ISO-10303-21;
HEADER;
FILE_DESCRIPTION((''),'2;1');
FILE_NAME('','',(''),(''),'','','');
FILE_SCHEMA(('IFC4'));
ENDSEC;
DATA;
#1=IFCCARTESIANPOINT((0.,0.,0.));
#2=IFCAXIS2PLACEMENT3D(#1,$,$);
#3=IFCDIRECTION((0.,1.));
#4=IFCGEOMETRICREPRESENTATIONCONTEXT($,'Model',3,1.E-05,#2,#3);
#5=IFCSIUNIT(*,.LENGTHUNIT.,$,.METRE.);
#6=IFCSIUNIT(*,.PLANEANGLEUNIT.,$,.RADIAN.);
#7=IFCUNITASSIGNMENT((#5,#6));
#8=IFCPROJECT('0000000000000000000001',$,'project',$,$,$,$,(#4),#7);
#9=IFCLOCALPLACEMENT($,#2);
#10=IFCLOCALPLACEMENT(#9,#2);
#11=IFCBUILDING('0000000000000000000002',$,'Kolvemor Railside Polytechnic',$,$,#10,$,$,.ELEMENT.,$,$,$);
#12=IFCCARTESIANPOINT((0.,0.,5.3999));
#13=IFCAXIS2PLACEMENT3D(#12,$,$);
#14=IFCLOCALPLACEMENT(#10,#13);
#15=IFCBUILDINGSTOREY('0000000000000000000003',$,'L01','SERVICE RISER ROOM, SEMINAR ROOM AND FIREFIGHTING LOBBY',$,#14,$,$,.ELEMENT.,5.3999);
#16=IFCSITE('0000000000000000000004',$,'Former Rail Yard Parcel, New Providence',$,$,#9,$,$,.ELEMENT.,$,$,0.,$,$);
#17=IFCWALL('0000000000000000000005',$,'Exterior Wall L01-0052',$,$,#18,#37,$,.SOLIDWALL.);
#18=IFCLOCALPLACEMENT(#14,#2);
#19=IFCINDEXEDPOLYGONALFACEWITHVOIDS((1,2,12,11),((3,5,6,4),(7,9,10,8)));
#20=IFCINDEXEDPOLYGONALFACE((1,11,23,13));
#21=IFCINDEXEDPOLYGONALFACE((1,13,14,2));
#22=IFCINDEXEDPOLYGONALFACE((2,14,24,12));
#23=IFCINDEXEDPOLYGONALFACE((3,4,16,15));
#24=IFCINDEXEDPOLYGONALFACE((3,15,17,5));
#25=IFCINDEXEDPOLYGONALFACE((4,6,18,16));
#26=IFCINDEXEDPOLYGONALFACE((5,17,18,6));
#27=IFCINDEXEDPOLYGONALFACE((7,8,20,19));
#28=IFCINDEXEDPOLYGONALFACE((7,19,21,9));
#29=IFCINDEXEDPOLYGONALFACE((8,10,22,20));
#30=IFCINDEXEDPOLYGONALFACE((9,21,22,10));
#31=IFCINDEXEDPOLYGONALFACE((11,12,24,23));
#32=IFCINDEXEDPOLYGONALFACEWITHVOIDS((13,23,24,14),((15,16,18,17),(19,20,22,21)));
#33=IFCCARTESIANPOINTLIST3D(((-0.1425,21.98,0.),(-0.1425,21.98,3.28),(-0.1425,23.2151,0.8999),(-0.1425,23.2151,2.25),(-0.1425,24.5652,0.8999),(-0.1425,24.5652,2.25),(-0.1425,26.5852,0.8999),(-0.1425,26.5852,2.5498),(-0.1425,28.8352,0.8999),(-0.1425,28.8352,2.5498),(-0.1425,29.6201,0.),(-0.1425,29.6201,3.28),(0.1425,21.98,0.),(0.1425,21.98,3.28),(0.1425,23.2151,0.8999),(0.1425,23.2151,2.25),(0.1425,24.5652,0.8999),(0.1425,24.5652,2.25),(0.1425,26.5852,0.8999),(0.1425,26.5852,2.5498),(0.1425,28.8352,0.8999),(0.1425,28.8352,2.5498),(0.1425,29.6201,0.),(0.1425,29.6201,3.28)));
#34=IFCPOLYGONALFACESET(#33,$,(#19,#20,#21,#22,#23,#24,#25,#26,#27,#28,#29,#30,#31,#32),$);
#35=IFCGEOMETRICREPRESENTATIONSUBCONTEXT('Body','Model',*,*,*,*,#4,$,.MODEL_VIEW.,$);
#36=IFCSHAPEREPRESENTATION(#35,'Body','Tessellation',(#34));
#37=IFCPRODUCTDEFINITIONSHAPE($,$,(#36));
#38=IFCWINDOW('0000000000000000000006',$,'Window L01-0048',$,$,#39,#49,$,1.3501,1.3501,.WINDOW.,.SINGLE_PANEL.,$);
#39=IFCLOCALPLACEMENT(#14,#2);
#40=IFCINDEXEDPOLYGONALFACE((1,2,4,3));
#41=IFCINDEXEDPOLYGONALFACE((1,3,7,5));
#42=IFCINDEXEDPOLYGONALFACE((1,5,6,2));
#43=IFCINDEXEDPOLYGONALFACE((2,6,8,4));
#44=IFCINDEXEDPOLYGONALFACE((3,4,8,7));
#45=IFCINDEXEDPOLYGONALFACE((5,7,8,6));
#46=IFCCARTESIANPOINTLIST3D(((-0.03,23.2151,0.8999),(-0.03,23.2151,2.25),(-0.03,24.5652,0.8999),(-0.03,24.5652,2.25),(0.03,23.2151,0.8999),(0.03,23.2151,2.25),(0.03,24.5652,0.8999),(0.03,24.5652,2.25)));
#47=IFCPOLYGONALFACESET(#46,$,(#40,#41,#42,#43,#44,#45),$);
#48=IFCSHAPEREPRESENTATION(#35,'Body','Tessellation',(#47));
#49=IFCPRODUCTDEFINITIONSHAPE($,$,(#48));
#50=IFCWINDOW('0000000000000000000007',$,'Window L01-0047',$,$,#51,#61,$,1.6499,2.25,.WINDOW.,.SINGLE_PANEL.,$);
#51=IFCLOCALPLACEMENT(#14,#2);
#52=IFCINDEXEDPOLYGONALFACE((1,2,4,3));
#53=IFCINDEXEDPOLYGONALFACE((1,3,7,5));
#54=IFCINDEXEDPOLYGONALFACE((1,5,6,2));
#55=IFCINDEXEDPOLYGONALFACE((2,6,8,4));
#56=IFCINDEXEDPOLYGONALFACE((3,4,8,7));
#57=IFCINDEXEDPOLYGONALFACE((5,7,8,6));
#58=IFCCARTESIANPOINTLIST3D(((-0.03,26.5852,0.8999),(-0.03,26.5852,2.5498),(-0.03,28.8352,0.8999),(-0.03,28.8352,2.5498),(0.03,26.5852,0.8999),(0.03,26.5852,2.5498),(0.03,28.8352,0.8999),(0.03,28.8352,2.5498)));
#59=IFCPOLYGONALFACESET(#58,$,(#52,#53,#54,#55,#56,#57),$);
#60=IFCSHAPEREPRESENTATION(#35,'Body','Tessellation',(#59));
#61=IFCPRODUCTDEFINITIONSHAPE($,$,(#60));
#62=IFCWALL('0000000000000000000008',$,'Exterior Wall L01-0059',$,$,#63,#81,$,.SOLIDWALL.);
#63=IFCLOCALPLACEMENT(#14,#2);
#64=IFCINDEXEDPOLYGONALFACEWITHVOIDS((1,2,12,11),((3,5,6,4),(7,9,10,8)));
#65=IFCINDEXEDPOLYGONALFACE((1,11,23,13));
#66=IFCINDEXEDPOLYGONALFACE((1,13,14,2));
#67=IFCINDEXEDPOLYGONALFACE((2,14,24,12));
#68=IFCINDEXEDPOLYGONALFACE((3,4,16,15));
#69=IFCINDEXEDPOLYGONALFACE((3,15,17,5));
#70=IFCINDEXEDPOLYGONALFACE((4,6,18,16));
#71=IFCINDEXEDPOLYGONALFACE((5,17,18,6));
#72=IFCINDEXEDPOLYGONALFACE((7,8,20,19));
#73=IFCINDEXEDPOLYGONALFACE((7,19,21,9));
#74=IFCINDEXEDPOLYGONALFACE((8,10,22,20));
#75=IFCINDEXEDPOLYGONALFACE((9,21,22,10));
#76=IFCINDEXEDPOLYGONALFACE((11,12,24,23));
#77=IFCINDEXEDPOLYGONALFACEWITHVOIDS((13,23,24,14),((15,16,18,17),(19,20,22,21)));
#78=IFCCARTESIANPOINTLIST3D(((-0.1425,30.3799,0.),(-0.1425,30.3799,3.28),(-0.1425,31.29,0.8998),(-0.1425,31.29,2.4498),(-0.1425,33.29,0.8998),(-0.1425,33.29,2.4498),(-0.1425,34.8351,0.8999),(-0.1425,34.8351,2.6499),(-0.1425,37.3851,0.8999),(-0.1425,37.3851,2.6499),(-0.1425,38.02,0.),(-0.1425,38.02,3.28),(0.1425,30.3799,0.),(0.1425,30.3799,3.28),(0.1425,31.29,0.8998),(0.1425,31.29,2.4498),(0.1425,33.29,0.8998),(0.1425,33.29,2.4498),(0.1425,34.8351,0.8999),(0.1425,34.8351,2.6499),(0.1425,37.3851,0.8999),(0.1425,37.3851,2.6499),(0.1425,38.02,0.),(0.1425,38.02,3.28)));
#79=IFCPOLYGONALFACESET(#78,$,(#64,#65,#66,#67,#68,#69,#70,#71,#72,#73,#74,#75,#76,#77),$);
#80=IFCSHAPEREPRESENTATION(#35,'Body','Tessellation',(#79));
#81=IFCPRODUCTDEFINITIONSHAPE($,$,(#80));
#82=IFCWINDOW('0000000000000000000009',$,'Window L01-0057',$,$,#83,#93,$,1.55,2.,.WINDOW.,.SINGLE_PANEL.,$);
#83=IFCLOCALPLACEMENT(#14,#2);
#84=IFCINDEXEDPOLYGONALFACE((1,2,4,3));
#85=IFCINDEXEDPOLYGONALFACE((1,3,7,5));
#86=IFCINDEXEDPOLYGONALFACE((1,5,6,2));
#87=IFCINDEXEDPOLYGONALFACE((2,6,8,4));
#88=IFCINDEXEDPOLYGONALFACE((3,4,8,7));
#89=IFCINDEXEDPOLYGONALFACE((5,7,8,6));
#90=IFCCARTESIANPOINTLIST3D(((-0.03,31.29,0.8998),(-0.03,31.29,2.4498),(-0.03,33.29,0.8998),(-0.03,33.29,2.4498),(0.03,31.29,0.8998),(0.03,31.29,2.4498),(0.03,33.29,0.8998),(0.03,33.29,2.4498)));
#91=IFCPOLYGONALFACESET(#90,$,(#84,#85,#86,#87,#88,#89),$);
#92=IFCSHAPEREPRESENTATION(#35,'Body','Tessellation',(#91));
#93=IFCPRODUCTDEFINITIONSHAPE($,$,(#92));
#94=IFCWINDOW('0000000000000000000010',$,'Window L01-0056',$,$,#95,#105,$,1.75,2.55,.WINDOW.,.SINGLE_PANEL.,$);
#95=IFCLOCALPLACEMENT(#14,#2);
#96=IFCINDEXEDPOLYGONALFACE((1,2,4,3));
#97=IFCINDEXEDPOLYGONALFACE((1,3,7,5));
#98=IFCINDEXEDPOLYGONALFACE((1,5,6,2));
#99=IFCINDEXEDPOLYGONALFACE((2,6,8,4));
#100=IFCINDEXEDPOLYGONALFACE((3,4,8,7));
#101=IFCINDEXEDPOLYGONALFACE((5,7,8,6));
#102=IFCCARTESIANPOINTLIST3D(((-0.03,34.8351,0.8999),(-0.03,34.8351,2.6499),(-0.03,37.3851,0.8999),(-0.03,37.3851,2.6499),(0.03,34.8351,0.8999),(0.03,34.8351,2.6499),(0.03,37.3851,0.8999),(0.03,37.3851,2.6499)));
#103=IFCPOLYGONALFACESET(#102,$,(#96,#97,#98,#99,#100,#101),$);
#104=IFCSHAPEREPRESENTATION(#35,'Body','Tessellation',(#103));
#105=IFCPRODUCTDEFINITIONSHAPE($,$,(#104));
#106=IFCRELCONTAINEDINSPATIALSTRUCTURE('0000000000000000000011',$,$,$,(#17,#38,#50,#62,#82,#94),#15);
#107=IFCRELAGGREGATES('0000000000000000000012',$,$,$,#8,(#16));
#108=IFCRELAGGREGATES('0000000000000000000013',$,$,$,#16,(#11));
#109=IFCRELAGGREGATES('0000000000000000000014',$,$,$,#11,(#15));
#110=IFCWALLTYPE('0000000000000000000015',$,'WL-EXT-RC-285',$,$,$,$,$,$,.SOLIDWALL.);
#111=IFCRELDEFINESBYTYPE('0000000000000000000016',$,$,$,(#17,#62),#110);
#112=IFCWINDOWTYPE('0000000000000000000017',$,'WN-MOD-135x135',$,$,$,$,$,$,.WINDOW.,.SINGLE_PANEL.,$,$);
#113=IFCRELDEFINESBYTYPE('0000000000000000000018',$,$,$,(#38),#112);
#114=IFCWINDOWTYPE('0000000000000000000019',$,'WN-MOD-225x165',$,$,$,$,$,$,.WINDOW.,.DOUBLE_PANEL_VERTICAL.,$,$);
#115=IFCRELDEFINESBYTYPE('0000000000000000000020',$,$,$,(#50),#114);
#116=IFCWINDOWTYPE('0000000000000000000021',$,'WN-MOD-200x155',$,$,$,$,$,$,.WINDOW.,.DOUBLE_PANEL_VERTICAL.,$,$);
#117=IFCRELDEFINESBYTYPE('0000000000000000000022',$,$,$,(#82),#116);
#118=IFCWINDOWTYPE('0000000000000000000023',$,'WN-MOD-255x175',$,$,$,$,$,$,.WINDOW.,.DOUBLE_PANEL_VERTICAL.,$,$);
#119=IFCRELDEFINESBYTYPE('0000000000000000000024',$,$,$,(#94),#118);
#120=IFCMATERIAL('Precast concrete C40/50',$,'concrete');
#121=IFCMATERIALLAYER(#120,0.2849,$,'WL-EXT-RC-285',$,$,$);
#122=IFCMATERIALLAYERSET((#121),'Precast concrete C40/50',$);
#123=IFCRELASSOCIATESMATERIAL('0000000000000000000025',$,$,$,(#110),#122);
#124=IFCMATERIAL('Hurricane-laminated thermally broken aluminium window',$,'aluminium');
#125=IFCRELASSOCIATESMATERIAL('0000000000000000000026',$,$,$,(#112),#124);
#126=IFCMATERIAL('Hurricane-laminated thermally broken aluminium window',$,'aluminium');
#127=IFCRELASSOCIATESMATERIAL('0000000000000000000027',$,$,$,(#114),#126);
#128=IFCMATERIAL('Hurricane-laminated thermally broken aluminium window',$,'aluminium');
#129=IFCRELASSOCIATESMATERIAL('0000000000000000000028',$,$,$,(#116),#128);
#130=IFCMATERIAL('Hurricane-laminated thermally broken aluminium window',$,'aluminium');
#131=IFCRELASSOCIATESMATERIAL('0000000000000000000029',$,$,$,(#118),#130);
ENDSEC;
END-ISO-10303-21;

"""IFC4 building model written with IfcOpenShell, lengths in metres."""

from ifc_helpers import new_model, si_unit, direction, frame, frame_2d, origin, place, context, subcontext, project, spatial, rectangle, extrude, material, layer, layer_set, type_object, element, fill, save


model = new_model("IFC4")

# Units and contexts
model_context = context("Model", 3, precision=1e-05, world=origin(), true_north=direction((0.0, 1.0)))
body_context = subcontext(model_context, "Body", "Model", "MODEL_VIEW")
ifc_project = project(units=[si_unit("LENGTHUNIT", "METRE"), si_unit("PLANEANGLEUNIT", "RADIAN")], contexts=[model_context])

# Site, building, storey
site_placement = place(None, origin())
site = spatial("IfcSite", under=ifc_project, at=site_placement, Name="Former Rail Yard Parcel, New Providence", CompositionType="ELEMENT", RefElevation=0.0)
building_placement = place(site_placement, origin())
building = spatial("IfcBuilding", under=site, at=building_placement, Name="Kolvemor Railside Polytechnic", CompositionType="ELEMENT")
storey_placement = place(building_placement, frame((0.0, 0.0, 5.3999)))
storey = spatial("IfcBuildingStorey", under=building, at=storey_placement, Name="L01", Description="SERVICE RISER ROOM, SEMINAR ROOM AND FIREFIGHTING LOBBY", CompositionType="ELEMENT", Elevation=5.3999)

# Walls, openings, windows
ifc_material_1 = material(Name="Precast concrete C40/50", Category="concrete")
ifc_layer_1 = layer(ifc_material_1, 0.2849, Name="WL-EXT-RC-285")
ifc_layer_set_1 = layer_set([ifc_layer_1], Name="Precast concrete C40/50")
wall_type = type_object("IfcWallType", Name="WL-EXT-RC-285", PredefinedType="SOLIDWALL", material=ifc_layer_set_1)
wall_1_placement = place(storey_placement, frame((0.0, 29.6201, 0.0), z_axis=(0.0, 0.0, 1.0), x_axis=(0.0, -1.0, 0.0)))
wall_1 = element("IfcWall", 1, at=wall_1_placement, inside=storey, type_object=wall_type, Name="Exterior Wall L01-0052", PredefinedType="SOLIDWALL", context=body_context, shape_type="SweptSolid", body=[
    extrude(rectangle(XDim=7.6401, YDim=0.2849, at=frame_2d((3.8201, 0.0))), origin(), (0.0, 0.0, 1.0), 3.28),
])
opening_1_placement = place(wall_1_placement, frame((0.7849, 0.0, 0.8999)))
opening_1 = element("IfcOpeningElement", 2, at=opening_1_placement, cuts=wall_1, PredefinedType="OPENING", context=body_context, shape_type="SweptSolid", body=[
    extrude(rectangle(XDim=2.25, YDim=1.6499, at=frame_2d((1.125, 0.825))), frame((0.0, 0.1523, 0.0), z_axis=(0.0, -1.0, 0.0), x_axis=(1.0, 0.0, 0.0)), (0.0, 0.0, 1.0), 0.3049),
])
opening_2_placement = place(wall_1_placement, frame((5.0549, 0.0, 0.8999)))
opening_2 = element("IfcOpeningElement", 3, at=opening_2_placement, cuts=wall_1, PredefinedType="OPENING", context=body_context, shape_type="SweptSolid", body=[
    extrude(rectangle(XDim=1.3501, YDim=1.3501, at=frame_2d((0.675, 0.675))), frame((0.0, 0.1523, 0.0), z_axis=(0.0, -1.0, 0.0), x_axis=(1.0, 0.0, 0.0)), (0.0, 0.0, 1.0), 0.3049),
])
ifc_material_2 = material(Name="Hurricane-laminated thermally broken aluminium window", Category="aluminium")
window_type_1 = type_object("IfcWindowType", Name="WN-MOD-135x135", PartitioningType="SINGLE_PANEL", PredefinedType="WINDOW", material=ifc_material_2)
window_1_placement = place(opening_2_placement, origin())
window_1 = element("IfcWindow", 4, at=window_1_placement, inside=storey, type_object=window_type_1, Name="Window L01-0048", OverallHeight=1.3501, OverallWidth=1.3501, PartitioningType="SINGLE_PANEL", PredefinedType="WINDOW", context=body_context, shape_type="SweptSolid", body=[
    extrude(rectangle(XDim=1.3501, YDim=1.3501, at=frame_2d((0.675, 0.675))), frame((0.0, 0.03, 0.0), z_axis=(0.0, -1.0, 0.0), x_axis=(1.0, 0.0, 0.0)), (0.0, 0.0, 1.0), 0.0601),
])
fill(opening_2, window_1)
ifc_material_3 = material(Name="Hurricane-laminated thermally broken aluminium window", Category="aluminium")
window_type_2 = type_object("IfcWindowType", Name="WN-MOD-225x165", PartitioningType="DOUBLE_PANEL_VERTICAL", PredefinedType="WINDOW", material=ifc_material_3)
window_2_placement = place(opening_1_placement, origin())
window_2 = element("IfcWindow", 5, at=window_2_placement, inside=storey, type_object=window_type_2, Name="Window L01-0047", OverallHeight=1.6499, OverallWidth=2.25, PartitioningType="SINGLE_PANEL", PredefinedType="WINDOW", context=body_context, shape_type="SweptSolid", body=[
    extrude(rectangle(XDim=2.25, YDim=1.6499, at=frame_2d((1.125, 0.825))), frame((0.0, 0.03, 0.0), z_axis=(0.0, -1.0, 0.0), x_axis=(1.0, 0.0, 0.0)), (0.0, 0.0, 1.0), 0.0601),
])
fill(opening_1, window_2)
wall_2_placement = place(storey_placement, frame((0.0, 38.02, 0.0), z_axis=(0.0, 0.0, 1.0), x_axis=(0.0, -1.0, 0.0)))
wall_2 = element("IfcWall", 6, at=wall_2_placement, inside=storey, type_object=wall_type, Name="Exterior Wall L01-0059", PredefinedType="SOLIDWALL", context=body_context, shape_type="SweptSolid", body=[
    extrude(rectangle(XDim=7.6401, YDim=0.2849, at=frame_2d((3.8201, 0.0))), origin(), (0.0, 0.0, 1.0), 3.28),
])
opening_3_placement = place(wall_2_placement, frame((0.635, 0.0, 0.8999)))
opening_3 = element("IfcOpeningElement", 7, at=opening_3_placement, cuts=wall_2, PredefinedType="OPENING", context=body_context, shape_type="SweptSolid", body=[
    extrude(rectangle(XDim=2.55, YDim=1.75, at=frame_2d((1.2749, 0.875))), frame((0.0, 0.1523, 0.0), z_axis=(0.0, -1.0, 0.0), x_axis=(1.0, 0.0, 0.0)), (0.0, 0.0, 1.0), 0.3049),
])
opening_4_placement = place(wall_2_placement, frame((4.73, 0.0, 0.8999)))
opening_4 = element("IfcOpeningElement", 8, at=opening_4_placement, cuts=wall_2, PredefinedType="OPENING", context=body_context, shape_type="SweptSolid", body=[
    extrude(rectangle(XDim=2.0, YDim=1.55, at=frame_2d((1.0, 0.7749))), frame((0.0, 0.1523, 0.0), z_axis=(0.0, -1.0, 0.0), x_axis=(1.0, 0.0, 0.0)), (0.0, 0.0, 1.0), 0.3049),
])
ifc_material_4 = material(Name="Hurricane-laminated thermally broken aluminium window", Category="aluminium")
window_type_3 = type_object("IfcWindowType", Name="WN-MOD-200x155", PartitioningType="DOUBLE_PANEL_VERTICAL", PredefinedType="WINDOW", material=ifc_material_4)
window_3_placement = place(opening_4_placement, origin())
window_3 = element("IfcWindow", 9, at=window_3_placement, inside=storey, type_object=window_type_3, Name="Window L01-0057", OverallHeight=1.55, OverallWidth=2.0, PartitioningType="SINGLE_PANEL", PredefinedType="WINDOW", context=body_context, shape_type="SweptSolid", body=[
    extrude(rectangle(XDim=2.0, YDim=1.55, at=frame_2d((1.0, 0.7749))), frame((0.0, 0.03, 0.0), z_axis=(0.0, -1.0, 0.0), x_axis=(1.0, 0.0, 0.0)), (0.0, 0.0, 1.0), 0.0601),
])
fill(opening_4, window_3)
ifc_material_5 = material(Name="Hurricane-laminated thermally broken aluminium window", Category="aluminium")
window_type_4 = type_object("IfcWindowType", Name="WN-MOD-255x175", PartitioningType="DOUBLE_PANEL_VERTICAL", PredefinedType="WINDOW", material=ifc_material_5)
window_4_placement = place(opening_3_placement, origin())
window_4 = element("IfcWindow", 10, at=window_4_placement, inside=storey, type_object=window_type_4, Name="Window L01-0056", OverallHeight=1.75, OverallWidth=2.55, PartitioningType="SINGLE_PANEL", PredefinedType="WINDOW", context=body_context, shape_type="SweptSolid", body=[
    extrude(rectangle(XDim=2.55, YDim=1.75, at=frame_2d((1.2749, 0.875))), frame((0.0, 0.03, 0.0), z_axis=(0.0, -1.0, 0.0), x_axis=(1.0, 0.0, 0.0)), (0.0, 0.0, 1.0), 0.0601),
])
fill(opening_3, window_4)

save(model, "model.ifc")
